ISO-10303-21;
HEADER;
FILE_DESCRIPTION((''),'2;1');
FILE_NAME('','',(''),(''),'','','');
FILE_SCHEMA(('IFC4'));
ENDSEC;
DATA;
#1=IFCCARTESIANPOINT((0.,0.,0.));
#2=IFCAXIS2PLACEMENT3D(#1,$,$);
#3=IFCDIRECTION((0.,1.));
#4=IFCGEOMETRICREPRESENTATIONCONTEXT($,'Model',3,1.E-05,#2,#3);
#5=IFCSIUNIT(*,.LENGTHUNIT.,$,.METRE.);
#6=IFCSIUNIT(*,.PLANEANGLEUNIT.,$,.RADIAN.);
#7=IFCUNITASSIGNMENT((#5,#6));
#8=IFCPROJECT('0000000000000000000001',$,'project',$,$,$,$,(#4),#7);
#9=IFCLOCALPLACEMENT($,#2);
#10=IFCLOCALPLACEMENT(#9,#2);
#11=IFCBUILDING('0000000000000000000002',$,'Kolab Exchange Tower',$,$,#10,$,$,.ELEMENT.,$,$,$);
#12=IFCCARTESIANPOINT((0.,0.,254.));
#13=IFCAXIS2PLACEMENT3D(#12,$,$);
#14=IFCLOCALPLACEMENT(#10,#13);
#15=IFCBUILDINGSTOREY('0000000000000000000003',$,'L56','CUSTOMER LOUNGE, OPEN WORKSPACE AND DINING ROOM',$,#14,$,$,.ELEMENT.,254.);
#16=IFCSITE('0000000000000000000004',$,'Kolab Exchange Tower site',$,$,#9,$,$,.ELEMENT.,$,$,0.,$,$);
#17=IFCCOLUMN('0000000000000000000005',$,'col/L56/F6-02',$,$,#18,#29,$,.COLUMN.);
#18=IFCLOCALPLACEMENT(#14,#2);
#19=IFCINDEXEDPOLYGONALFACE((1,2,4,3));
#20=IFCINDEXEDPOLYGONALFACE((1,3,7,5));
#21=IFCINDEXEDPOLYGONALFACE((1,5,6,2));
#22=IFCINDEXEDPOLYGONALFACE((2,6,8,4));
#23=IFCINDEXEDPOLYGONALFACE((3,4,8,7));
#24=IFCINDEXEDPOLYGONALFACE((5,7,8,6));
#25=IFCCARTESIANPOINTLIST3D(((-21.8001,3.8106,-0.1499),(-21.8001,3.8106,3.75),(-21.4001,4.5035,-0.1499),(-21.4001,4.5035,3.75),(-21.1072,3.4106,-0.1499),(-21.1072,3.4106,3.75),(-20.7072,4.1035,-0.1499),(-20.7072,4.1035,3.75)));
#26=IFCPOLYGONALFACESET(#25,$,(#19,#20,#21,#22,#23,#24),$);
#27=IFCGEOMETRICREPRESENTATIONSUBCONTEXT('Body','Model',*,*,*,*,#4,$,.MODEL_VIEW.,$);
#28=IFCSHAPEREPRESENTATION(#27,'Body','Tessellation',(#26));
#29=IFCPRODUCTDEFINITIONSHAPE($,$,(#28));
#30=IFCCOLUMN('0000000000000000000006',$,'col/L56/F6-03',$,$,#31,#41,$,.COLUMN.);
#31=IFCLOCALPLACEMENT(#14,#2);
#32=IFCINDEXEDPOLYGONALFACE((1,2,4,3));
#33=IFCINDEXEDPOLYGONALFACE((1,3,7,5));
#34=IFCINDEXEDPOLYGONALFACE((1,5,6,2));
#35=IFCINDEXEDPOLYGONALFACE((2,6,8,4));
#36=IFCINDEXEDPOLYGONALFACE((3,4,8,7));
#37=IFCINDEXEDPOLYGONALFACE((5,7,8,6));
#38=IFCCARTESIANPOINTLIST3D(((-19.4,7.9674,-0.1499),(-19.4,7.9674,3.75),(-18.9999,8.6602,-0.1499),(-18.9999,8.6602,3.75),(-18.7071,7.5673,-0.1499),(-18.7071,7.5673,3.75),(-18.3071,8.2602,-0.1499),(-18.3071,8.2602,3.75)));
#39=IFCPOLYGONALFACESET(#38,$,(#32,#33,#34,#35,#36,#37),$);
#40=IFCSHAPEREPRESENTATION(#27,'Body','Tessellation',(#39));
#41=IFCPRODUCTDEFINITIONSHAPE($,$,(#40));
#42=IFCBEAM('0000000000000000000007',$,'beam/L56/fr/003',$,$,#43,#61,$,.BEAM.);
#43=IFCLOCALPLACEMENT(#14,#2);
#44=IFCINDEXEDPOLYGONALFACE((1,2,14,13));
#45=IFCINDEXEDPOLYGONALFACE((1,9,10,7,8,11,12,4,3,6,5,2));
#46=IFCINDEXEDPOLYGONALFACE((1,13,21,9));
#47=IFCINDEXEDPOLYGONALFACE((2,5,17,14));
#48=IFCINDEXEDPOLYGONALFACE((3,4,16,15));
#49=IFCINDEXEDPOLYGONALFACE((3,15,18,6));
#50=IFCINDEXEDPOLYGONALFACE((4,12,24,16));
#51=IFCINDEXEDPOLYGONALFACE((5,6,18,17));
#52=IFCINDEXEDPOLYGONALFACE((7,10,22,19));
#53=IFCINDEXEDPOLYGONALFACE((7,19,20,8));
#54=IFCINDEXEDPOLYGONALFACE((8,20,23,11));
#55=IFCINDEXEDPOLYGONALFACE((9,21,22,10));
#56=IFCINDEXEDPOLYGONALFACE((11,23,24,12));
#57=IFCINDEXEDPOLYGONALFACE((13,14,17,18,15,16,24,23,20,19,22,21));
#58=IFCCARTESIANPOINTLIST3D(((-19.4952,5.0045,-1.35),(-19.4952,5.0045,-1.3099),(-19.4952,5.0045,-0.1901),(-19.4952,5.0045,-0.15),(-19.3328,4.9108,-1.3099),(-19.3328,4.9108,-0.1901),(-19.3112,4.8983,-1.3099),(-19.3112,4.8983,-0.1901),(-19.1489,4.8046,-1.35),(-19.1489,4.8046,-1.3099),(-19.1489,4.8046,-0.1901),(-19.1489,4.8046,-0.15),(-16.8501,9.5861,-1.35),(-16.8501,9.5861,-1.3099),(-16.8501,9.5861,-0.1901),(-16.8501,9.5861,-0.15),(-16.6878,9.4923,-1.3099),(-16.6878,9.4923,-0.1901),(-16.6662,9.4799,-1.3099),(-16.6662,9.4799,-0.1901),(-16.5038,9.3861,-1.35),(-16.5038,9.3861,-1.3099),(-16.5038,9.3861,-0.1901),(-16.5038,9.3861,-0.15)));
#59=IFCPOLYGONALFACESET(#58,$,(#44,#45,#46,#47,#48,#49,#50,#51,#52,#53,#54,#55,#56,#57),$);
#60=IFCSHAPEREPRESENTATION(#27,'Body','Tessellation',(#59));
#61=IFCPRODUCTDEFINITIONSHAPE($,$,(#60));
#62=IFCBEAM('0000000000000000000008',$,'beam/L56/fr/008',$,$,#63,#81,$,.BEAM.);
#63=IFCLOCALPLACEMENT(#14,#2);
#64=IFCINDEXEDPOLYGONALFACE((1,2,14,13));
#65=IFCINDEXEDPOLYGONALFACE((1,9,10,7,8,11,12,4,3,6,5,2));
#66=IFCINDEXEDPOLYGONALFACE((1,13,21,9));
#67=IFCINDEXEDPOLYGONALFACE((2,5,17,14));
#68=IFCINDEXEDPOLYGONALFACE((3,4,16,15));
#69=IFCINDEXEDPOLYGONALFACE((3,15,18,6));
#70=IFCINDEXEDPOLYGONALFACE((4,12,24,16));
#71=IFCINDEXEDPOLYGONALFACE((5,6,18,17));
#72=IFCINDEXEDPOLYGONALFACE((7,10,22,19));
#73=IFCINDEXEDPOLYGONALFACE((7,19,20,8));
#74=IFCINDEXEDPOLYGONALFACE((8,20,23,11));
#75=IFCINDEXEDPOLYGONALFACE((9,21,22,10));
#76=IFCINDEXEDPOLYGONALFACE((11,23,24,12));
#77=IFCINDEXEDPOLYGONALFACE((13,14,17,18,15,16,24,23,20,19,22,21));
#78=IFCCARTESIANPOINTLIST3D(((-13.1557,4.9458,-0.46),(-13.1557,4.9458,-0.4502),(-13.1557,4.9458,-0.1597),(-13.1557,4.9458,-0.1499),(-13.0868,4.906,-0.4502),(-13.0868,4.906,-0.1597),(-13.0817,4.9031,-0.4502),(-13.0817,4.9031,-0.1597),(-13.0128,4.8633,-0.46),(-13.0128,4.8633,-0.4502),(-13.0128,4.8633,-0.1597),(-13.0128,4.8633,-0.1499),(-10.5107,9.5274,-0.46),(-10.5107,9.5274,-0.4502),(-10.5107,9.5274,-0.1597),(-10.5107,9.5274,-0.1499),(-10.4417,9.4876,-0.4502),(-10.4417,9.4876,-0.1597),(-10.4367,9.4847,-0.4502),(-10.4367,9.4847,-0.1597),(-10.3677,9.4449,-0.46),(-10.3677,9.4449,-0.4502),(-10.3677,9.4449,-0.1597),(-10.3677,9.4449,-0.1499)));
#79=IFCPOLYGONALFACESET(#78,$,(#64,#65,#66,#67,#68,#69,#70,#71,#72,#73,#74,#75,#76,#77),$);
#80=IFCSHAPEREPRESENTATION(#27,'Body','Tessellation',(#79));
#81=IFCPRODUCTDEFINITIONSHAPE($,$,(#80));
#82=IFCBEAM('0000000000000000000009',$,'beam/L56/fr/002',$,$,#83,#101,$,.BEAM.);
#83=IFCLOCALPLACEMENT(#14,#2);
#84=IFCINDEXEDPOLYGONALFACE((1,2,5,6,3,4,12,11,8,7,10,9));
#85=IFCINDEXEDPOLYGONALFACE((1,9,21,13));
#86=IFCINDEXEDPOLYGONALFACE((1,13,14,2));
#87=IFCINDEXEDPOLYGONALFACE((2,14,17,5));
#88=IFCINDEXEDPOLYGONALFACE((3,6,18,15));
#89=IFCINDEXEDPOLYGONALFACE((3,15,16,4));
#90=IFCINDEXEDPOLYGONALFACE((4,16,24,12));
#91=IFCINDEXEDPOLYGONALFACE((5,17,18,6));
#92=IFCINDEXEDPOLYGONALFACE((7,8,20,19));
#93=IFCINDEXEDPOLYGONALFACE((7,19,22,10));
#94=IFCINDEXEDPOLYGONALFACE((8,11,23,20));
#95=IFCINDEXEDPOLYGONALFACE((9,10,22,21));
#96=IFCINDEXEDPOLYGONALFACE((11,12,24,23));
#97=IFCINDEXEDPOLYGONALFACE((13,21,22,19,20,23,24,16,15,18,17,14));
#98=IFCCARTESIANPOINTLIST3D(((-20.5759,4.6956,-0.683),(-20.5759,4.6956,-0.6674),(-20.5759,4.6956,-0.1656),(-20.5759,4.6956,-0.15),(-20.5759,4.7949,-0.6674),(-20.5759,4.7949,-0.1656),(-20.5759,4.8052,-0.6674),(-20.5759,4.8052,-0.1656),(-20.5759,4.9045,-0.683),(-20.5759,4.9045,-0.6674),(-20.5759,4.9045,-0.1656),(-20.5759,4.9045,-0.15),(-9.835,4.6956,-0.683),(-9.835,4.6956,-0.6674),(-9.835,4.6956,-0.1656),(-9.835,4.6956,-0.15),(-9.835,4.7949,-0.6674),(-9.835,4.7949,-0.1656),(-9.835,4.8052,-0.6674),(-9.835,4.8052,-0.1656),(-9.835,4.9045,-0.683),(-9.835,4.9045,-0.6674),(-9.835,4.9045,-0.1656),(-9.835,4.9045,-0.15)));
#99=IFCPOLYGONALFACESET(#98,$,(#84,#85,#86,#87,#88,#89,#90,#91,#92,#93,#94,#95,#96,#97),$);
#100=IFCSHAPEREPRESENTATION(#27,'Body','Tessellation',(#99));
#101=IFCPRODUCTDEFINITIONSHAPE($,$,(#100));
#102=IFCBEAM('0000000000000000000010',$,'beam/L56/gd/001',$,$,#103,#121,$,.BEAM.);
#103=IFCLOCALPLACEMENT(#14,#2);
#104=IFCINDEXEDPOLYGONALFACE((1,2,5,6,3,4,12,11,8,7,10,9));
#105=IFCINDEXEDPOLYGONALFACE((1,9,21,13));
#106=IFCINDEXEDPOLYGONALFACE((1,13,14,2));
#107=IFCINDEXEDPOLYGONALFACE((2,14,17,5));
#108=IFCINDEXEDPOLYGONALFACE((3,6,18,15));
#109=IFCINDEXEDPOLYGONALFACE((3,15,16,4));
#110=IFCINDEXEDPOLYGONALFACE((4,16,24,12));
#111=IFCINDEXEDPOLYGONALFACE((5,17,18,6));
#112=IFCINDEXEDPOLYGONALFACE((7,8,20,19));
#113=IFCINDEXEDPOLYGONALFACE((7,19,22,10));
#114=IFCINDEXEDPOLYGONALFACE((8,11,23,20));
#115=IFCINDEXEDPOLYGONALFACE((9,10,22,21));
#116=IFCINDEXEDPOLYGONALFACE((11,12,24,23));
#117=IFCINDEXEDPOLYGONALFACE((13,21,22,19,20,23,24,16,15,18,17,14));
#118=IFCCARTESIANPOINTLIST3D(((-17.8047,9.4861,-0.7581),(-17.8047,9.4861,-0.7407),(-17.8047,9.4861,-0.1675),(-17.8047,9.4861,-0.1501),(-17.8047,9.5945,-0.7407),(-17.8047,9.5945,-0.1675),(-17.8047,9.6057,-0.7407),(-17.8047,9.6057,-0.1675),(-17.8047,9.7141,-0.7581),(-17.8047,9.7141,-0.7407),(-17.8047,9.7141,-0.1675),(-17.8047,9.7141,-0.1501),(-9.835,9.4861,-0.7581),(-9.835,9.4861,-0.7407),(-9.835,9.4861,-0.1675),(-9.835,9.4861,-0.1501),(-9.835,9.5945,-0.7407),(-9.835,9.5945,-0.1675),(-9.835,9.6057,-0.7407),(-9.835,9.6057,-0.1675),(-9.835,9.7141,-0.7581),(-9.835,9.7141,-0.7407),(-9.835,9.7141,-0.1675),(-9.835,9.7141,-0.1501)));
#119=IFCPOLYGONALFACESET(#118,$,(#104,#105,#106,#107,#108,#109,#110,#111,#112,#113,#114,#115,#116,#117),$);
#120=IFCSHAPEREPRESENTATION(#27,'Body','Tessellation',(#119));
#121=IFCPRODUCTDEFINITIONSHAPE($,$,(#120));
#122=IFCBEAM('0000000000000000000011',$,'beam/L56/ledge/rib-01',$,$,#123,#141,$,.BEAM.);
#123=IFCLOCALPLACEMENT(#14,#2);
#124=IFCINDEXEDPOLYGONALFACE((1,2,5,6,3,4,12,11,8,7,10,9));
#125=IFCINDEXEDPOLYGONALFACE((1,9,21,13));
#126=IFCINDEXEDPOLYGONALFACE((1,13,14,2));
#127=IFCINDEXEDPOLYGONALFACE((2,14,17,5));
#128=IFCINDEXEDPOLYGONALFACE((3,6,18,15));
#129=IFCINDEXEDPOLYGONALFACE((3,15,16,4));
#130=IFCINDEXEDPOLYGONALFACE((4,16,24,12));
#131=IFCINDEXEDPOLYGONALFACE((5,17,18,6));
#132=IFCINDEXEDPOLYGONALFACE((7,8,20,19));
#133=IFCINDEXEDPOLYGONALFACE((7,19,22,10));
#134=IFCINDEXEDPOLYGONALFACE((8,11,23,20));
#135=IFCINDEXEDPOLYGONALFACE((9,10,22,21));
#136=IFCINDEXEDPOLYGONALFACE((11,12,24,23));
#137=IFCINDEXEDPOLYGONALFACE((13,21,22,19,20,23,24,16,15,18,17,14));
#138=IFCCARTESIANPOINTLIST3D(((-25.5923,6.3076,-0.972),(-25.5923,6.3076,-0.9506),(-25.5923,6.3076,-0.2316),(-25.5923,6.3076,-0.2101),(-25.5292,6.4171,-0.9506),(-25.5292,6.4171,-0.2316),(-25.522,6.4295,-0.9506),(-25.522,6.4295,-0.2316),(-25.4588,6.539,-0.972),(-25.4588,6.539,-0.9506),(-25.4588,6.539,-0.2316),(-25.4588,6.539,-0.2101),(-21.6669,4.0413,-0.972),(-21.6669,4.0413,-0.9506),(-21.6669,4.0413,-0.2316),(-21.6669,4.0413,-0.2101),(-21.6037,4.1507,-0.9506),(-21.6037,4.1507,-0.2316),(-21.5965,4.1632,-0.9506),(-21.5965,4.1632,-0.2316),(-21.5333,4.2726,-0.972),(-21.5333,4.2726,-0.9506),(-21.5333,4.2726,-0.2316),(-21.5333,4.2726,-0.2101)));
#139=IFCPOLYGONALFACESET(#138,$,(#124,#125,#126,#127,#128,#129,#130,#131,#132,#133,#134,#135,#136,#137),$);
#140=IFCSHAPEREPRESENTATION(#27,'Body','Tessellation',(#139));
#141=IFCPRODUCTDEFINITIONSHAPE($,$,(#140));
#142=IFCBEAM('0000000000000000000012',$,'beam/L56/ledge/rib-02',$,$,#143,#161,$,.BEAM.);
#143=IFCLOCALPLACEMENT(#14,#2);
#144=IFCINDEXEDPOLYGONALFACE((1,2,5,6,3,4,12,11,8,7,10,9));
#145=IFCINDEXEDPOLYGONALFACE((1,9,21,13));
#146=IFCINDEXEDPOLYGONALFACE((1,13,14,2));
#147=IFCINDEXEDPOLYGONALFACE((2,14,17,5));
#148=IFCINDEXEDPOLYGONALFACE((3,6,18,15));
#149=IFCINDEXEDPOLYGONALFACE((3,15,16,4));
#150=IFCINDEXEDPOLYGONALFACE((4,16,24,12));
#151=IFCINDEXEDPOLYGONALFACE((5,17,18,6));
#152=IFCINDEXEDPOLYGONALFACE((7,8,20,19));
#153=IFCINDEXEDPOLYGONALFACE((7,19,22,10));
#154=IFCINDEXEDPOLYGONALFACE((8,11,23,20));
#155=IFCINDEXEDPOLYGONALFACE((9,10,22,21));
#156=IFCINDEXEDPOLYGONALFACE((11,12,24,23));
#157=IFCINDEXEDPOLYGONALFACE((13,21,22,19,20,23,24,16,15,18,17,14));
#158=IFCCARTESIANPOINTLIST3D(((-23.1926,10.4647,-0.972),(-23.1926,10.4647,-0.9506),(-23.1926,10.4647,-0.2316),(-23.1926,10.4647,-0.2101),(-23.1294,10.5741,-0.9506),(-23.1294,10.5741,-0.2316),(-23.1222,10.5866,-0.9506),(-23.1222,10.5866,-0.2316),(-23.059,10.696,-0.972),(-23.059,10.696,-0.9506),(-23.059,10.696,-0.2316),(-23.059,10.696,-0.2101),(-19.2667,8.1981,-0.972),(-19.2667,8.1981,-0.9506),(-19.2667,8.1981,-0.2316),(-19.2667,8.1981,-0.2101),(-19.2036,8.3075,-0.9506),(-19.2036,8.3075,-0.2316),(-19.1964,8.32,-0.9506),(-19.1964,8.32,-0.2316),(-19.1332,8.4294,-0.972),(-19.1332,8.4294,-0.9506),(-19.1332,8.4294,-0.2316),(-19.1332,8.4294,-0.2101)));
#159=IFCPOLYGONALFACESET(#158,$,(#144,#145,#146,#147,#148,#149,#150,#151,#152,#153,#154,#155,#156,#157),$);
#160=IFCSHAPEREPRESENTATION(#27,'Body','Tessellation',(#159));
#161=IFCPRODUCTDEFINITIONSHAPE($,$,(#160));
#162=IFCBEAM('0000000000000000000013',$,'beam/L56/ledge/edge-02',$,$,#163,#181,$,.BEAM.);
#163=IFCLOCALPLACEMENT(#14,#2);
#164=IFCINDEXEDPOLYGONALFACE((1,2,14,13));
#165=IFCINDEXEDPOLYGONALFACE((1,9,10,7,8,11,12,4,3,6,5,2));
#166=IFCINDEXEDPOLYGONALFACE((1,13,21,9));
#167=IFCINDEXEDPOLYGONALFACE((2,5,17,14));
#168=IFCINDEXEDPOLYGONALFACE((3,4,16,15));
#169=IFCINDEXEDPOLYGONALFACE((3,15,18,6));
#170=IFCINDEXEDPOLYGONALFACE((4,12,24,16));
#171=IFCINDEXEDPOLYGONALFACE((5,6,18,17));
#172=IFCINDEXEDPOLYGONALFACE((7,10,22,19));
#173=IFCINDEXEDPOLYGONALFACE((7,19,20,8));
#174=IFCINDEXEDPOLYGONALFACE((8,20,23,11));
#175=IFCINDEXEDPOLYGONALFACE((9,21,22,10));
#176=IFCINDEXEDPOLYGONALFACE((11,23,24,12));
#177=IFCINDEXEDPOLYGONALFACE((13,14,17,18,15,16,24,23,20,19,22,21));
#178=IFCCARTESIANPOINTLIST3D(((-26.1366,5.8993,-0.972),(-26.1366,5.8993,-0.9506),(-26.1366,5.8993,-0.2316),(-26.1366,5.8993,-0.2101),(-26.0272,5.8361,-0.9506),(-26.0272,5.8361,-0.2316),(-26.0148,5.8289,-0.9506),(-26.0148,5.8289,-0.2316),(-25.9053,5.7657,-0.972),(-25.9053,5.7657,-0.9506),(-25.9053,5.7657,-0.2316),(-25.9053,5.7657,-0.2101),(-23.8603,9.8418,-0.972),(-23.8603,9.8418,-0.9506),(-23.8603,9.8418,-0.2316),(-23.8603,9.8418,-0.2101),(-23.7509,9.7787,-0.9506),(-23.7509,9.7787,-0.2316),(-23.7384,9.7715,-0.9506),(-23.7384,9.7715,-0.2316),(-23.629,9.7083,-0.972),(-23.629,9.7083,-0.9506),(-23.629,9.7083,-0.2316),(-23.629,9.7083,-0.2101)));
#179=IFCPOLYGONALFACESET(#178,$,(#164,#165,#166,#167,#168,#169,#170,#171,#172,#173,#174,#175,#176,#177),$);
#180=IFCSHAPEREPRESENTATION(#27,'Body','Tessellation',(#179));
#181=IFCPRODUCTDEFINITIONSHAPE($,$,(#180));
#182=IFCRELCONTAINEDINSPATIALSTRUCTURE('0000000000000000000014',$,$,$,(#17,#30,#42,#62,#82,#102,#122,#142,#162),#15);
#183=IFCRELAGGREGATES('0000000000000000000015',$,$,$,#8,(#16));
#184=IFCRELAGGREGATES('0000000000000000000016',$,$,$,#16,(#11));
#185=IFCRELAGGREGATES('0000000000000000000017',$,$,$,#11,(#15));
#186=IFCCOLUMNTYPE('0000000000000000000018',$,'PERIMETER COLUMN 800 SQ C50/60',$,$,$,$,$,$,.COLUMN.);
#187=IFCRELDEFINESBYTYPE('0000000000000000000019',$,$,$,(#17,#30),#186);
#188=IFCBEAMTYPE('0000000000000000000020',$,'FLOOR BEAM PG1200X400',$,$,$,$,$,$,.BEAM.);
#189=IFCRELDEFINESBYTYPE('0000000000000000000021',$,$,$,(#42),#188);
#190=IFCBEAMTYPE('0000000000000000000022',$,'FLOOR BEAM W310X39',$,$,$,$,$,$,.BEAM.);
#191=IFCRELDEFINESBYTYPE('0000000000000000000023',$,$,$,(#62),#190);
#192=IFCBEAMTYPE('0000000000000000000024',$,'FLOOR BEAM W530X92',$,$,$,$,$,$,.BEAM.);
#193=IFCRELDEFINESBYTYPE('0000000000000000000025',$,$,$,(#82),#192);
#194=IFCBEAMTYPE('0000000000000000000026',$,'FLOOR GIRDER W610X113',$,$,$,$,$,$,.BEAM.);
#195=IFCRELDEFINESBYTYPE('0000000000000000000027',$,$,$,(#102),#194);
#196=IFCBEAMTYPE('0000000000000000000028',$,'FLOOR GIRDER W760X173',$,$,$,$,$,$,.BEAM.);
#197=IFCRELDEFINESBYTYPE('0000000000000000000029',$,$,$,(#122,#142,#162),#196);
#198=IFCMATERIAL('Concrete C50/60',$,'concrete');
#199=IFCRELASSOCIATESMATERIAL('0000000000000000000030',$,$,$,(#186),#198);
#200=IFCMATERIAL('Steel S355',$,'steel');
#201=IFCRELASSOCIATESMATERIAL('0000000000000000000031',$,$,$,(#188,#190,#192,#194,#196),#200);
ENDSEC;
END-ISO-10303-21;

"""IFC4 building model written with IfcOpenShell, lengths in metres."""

from ifc_helpers import new_model, si_unit, direction, frame, origin, origin_2d, place, context, subcontext, project, spatial, rectangle, i_section, extrude, material, material_profile, profile_set, type_object, element, save


model = new_model("IFC4")

# Units and contexts
model_context = context("Model", 3, precision=1e-05, world=origin(), true_north=direction((0.0, 1.0)))
body_context = subcontext(model_context, "Body", "Model", "MODEL_VIEW")
ifc_project = project(units=[si_unit("LENGTHUNIT", "METRE"), si_unit("PLANEANGLEUNIT", "RADIAN")], contexts=[model_context])

# Site, building, storey
site_placement = place(None, origin())
site = spatial("IfcSite", under=ifc_project, at=site_placement, Name="Kolab Exchange Tower site", CompositionType="ELEMENT", RefElevation=0.0)
building_placement = place(site_placement, origin())
building = spatial("IfcBuilding", under=site, at=building_placement, Name="Kolab Exchange Tower", CompositionType="ELEMENT")
storey_placement = place(building_placement, frame((0.0, 0.0, 254.0)))
storey = spatial("IfcBuildingStorey", under=building, at=storey_placement, Name="L56", Description="CUSTOMER LOUNGE, OPEN WORKSPACE AND DINING ROOM", CompositionType="ELEMENT", Elevation=254.0)

# Columns
ifc_material_1 = material(Name="Concrete C50/60", Category="concrete")
ifc_material_profile_1 = material_profile(ifc_material_1, rectangle(XDim=0.8, YDim=0.8, at=origin_2d()), Name="RC800")
ifc_profile_set_1 = profile_set([ifc_material_profile_1], Name="Concrete C50/60")
column_type = type_object("IfcColumnType", Name="PERIMETER COLUMN 800 SQ C50/60", PredefinedType="COLUMN", material=ifc_profile_set_1)
for number, where, z_axis, x_axis, name in (
    (1, (-21.2537, 3.957, -0.1499), (0.0, 0.0, 1.0), (0.5, 0.866025, 0.0), "col/L56/F6-02"),
    (2, (-18.8535, 8.1138, -0.1499), (0.0, 0.0, 1.0), (0.5, 0.866025, 0.0), "col/L56/F6-03"),
):
    element("IfcColumn", number, at=place(storey_placement, frame(where, z_axis=z_axis, x_axis=x_axis)), inside=storey, type_object=column_type, Name=name, PredefinedType="COLUMN", context=body_context, shape_type="SweptSolid", body=[
        extrude(rectangle(XDim=0.8, YDim=0.8, at=origin_2d()), origin(), (0.0, 0.0, 1.0), 3.8999),
    ])

# Beams
ifc_material_2 = material(Name="Steel S355", Category="steel")
ifc_material_profile_2 = material_profile(ifc_material_2, i_section(OverallWidth=0.3999, OverallDepth=1.2, WebThickness=0.0249, FlangeThickness=0.04, at=origin_2d()), Name="PG1200X400")
ifc_profile_set_2 = profile_set([ifc_material_profile_2], Name="Steel S355")
beam_type_1 = type_object("IfcBeamType", Name="FLOOR BEAM PG1200X400", PredefinedType="BEAM", material=ifc_profile_set_2)
beam_1_placement = place(storey_placement, frame((-19.322, 4.9045, -0.75), z_axis=(0.499981, 0.866036, 0.0), x_axis=(-0.866036, 0.499981, 0.0)))
element("IfcBeam", 3, at=beam_1_placement, inside=storey, type_object=beam_type_1, Name="beam/L56/fr/003", PredefinedType="BEAM", context=body_context, shape_type="SweptSolid", body=[
    extrude(i_section(OverallWidth=0.3999, OverallDepth=1.2, WebThickness=0.0249, FlangeThickness=0.04, at=origin_2d()), origin(), (0.0, 0.0, 1.0), 5.2903),
])
ifc_material_profile_3 = material_profile(ifc_material_2, i_section(OverallWidth=0.165, OverallDepth=0.3101, WebThickness=0.0059, FlangeThickness=0.0098, at=origin_2d()), Name="W310X39")
ifc_profile_set_3 = profile_set([ifc_material_profile_3], Name="Steel S355")
beam_type_2 = type_object("IfcBeamType", Name="FLOOR BEAM W310X39", PredefinedType="BEAM", material=ifc_profile_set_3)
beam_2_placement = place(storey_placement, frame((-13.0842, 4.9045, -0.3049), z_axis=(0.499981, 0.866036, 0.0), x_axis=(-0.866036, 0.499981, 0.0)))
element("IfcBeam", 4, at=beam_2_placement, inside=storey, type_object=beam_type_2, Name="beam/L56/fr/008", PredefinedType="BEAM", context=body_context, shape_type="SweptSolid", body=[
    extrude(i_section(OverallWidth=0.165, OverallDepth=0.3101, WebThickness=0.0059, FlangeThickness=0.0098, at=origin_2d()), origin(), (0.0, 0.0, 1.0), 5.2903),
])
ifc_material_profile_4 = material_profile(ifc_material_2, i_section(OverallWidth=0.209, OverallDepth=0.533, WebThickness=0.0103, FlangeThickness=0.0156, at=origin_2d()), Name="W530X92")
ifc_profile_set_4 = profile_set([ifc_material_profile_4], Name="Steel S355")
beam_type_3 = type_object("IfcBeamType", Name="FLOOR BEAM W530X92", PredefinedType="BEAM", material=ifc_profile_set_4)
beam_3_placement = place(storey_placement, frame((-20.5759, 4.8, -0.4165), z_axis=(1.0, 0.0, 0.0), x_axis=(0.0, 1.0, 0.0)))
element("IfcBeam", 5, at=beam_3_placement, inside=storey, type_object=beam_type_3, Name="beam/L56/fr/002", PredefinedType="BEAM", context=body_context, shape_type="SweptSolid", body=[
    extrude(i_section(OverallWidth=0.209, OverallDepth=0.533, WebThickness=0.0103, FlangeThickness=0.0156, at=origin_2d()), origin(), (0.0, 0.0, 1.0), 10.741),
])
ifc_material_profile_5 = material_profile(ifc_material_2, i_section(OverallWidth=0.228, OverallDepth=0.6079, WebThickness=0.0112, FlangeThickness=0.0173, at=origin_2d()), Name="W610X113")
ifc_profile_set_5 = profile_set([ifc_material_profile_5], Name="Steel S355")
beam_type_4 = type_object("IfcBeamType", Name="FLOOR GIRDER W610X113", PredefinedType="BEAM", material=ifc_profile_set_5)
beam_4_placement = place(storey_placement, frame((-17.8047, 9.6001, -0.4541), z_axis=(1.0, 0.0, 0.0), x_axis=(0.0, 1.0, 0.0)))
element("IfcBeam", 6, at=beam_4_placement, inside=storey, type_object=beam_type_4, Name="beam/L56/gd/001", PredefinedType="BEAM", context=body_context, shape_type="SweptSolid", body=[
    extrude(i_section(OverallWidth=0.228, OverallDepth=0.6079, WebThickness=0.0112, FlangeThickness=0.0173, at=origin_2d()), origin(), (0.0, 0.0, 1.0), 7.9697),
])
ifc_material_profile_6 = material_profile(ifc_material_2, i_section(OverallWidth=0.2671, OverallDepth=0.762, WebThickness=0.0144, FlangeThickness=0.0215, at=origin_2d()), Name="W760X173")
ifc_profile_set_6 = profile_set([ifc_material_profile_6], Name="Steel S355")
beam_type_5 = type_object("IfcBeamType", Name="FLOOR GIRDER W760X173", PredefinedType="BEAM", material=ifc_profile_set_6)
beam_5_placement = place(storey_placement, frame((-21.6001, 4.157, -0.5911), z_axis=(-0.86603, 0.499991, 0.0), x_axis=(-0.499991, -0.86603, 0.0)))
element("IfcBeam", 7, at=beam_5_placement, inside=storey, type_object=beam_type_5, Name="beam/L56/ledge/rib-01", PredefinedType="BEAM", context=body_context, shape_type="SweptSolid", body=[
    extrude(i_section(OverallWidth=0.2671, OverallDepth=0.762, WebThickness=0.0144, FlangeThickness=0.0215, at=origin_2d()), origin(), (0.0, 0.0, 1.0), 4.5327),
])
beam_6_placement = place(storey_placement, frame((-19.2, 8.3137, -0.5911), z_axis=(-0.866021, 0.500008, 0.0), x_axis=(-0.500008, -0.866021, 0.0)))
element("IfcBeam", 8, at=beam_6_placement, inside=storey, type_object=beam_type_5, Name="beam/L56/ledge/rib-02", PredefinedType="BEAM", context=body_context, shape_type="SweptSolid", body=[
    extrude(i_section(OverallWidth=0.2671, OverallDepth=0.762, WebThickness=0.0144, FlangeThickness=0.0215, at=origin_2d()), origin(), (0.0, 0.0, 1.0), 4.5332),
])
beam_7_placement = place(storey_placement, frame((-26.021, 5.8325, -0.5911), z_axis=(0.500015, 0.866017, 0.0), x_axis=(-0.866017, 0.500015, 0.0)))
element("IfcBeam", 9, at=beam_7_placement, inside=storey, type_object=beam_type_5, Name="beam/L56/ledge/edge-02", PredefinedType="BEAM", context=body_context, shape_type="SweptSolid", body=[
    extrude(i_section(OverallWidth=0.2671, OverallDepth=0.762, WebThickness=0.0144, FlangeThickness=0.0215, at=origin_2d()), origin(), (0.0, 0.0, 1.0), 4.5525),
])

save(model, "model.ifc")
